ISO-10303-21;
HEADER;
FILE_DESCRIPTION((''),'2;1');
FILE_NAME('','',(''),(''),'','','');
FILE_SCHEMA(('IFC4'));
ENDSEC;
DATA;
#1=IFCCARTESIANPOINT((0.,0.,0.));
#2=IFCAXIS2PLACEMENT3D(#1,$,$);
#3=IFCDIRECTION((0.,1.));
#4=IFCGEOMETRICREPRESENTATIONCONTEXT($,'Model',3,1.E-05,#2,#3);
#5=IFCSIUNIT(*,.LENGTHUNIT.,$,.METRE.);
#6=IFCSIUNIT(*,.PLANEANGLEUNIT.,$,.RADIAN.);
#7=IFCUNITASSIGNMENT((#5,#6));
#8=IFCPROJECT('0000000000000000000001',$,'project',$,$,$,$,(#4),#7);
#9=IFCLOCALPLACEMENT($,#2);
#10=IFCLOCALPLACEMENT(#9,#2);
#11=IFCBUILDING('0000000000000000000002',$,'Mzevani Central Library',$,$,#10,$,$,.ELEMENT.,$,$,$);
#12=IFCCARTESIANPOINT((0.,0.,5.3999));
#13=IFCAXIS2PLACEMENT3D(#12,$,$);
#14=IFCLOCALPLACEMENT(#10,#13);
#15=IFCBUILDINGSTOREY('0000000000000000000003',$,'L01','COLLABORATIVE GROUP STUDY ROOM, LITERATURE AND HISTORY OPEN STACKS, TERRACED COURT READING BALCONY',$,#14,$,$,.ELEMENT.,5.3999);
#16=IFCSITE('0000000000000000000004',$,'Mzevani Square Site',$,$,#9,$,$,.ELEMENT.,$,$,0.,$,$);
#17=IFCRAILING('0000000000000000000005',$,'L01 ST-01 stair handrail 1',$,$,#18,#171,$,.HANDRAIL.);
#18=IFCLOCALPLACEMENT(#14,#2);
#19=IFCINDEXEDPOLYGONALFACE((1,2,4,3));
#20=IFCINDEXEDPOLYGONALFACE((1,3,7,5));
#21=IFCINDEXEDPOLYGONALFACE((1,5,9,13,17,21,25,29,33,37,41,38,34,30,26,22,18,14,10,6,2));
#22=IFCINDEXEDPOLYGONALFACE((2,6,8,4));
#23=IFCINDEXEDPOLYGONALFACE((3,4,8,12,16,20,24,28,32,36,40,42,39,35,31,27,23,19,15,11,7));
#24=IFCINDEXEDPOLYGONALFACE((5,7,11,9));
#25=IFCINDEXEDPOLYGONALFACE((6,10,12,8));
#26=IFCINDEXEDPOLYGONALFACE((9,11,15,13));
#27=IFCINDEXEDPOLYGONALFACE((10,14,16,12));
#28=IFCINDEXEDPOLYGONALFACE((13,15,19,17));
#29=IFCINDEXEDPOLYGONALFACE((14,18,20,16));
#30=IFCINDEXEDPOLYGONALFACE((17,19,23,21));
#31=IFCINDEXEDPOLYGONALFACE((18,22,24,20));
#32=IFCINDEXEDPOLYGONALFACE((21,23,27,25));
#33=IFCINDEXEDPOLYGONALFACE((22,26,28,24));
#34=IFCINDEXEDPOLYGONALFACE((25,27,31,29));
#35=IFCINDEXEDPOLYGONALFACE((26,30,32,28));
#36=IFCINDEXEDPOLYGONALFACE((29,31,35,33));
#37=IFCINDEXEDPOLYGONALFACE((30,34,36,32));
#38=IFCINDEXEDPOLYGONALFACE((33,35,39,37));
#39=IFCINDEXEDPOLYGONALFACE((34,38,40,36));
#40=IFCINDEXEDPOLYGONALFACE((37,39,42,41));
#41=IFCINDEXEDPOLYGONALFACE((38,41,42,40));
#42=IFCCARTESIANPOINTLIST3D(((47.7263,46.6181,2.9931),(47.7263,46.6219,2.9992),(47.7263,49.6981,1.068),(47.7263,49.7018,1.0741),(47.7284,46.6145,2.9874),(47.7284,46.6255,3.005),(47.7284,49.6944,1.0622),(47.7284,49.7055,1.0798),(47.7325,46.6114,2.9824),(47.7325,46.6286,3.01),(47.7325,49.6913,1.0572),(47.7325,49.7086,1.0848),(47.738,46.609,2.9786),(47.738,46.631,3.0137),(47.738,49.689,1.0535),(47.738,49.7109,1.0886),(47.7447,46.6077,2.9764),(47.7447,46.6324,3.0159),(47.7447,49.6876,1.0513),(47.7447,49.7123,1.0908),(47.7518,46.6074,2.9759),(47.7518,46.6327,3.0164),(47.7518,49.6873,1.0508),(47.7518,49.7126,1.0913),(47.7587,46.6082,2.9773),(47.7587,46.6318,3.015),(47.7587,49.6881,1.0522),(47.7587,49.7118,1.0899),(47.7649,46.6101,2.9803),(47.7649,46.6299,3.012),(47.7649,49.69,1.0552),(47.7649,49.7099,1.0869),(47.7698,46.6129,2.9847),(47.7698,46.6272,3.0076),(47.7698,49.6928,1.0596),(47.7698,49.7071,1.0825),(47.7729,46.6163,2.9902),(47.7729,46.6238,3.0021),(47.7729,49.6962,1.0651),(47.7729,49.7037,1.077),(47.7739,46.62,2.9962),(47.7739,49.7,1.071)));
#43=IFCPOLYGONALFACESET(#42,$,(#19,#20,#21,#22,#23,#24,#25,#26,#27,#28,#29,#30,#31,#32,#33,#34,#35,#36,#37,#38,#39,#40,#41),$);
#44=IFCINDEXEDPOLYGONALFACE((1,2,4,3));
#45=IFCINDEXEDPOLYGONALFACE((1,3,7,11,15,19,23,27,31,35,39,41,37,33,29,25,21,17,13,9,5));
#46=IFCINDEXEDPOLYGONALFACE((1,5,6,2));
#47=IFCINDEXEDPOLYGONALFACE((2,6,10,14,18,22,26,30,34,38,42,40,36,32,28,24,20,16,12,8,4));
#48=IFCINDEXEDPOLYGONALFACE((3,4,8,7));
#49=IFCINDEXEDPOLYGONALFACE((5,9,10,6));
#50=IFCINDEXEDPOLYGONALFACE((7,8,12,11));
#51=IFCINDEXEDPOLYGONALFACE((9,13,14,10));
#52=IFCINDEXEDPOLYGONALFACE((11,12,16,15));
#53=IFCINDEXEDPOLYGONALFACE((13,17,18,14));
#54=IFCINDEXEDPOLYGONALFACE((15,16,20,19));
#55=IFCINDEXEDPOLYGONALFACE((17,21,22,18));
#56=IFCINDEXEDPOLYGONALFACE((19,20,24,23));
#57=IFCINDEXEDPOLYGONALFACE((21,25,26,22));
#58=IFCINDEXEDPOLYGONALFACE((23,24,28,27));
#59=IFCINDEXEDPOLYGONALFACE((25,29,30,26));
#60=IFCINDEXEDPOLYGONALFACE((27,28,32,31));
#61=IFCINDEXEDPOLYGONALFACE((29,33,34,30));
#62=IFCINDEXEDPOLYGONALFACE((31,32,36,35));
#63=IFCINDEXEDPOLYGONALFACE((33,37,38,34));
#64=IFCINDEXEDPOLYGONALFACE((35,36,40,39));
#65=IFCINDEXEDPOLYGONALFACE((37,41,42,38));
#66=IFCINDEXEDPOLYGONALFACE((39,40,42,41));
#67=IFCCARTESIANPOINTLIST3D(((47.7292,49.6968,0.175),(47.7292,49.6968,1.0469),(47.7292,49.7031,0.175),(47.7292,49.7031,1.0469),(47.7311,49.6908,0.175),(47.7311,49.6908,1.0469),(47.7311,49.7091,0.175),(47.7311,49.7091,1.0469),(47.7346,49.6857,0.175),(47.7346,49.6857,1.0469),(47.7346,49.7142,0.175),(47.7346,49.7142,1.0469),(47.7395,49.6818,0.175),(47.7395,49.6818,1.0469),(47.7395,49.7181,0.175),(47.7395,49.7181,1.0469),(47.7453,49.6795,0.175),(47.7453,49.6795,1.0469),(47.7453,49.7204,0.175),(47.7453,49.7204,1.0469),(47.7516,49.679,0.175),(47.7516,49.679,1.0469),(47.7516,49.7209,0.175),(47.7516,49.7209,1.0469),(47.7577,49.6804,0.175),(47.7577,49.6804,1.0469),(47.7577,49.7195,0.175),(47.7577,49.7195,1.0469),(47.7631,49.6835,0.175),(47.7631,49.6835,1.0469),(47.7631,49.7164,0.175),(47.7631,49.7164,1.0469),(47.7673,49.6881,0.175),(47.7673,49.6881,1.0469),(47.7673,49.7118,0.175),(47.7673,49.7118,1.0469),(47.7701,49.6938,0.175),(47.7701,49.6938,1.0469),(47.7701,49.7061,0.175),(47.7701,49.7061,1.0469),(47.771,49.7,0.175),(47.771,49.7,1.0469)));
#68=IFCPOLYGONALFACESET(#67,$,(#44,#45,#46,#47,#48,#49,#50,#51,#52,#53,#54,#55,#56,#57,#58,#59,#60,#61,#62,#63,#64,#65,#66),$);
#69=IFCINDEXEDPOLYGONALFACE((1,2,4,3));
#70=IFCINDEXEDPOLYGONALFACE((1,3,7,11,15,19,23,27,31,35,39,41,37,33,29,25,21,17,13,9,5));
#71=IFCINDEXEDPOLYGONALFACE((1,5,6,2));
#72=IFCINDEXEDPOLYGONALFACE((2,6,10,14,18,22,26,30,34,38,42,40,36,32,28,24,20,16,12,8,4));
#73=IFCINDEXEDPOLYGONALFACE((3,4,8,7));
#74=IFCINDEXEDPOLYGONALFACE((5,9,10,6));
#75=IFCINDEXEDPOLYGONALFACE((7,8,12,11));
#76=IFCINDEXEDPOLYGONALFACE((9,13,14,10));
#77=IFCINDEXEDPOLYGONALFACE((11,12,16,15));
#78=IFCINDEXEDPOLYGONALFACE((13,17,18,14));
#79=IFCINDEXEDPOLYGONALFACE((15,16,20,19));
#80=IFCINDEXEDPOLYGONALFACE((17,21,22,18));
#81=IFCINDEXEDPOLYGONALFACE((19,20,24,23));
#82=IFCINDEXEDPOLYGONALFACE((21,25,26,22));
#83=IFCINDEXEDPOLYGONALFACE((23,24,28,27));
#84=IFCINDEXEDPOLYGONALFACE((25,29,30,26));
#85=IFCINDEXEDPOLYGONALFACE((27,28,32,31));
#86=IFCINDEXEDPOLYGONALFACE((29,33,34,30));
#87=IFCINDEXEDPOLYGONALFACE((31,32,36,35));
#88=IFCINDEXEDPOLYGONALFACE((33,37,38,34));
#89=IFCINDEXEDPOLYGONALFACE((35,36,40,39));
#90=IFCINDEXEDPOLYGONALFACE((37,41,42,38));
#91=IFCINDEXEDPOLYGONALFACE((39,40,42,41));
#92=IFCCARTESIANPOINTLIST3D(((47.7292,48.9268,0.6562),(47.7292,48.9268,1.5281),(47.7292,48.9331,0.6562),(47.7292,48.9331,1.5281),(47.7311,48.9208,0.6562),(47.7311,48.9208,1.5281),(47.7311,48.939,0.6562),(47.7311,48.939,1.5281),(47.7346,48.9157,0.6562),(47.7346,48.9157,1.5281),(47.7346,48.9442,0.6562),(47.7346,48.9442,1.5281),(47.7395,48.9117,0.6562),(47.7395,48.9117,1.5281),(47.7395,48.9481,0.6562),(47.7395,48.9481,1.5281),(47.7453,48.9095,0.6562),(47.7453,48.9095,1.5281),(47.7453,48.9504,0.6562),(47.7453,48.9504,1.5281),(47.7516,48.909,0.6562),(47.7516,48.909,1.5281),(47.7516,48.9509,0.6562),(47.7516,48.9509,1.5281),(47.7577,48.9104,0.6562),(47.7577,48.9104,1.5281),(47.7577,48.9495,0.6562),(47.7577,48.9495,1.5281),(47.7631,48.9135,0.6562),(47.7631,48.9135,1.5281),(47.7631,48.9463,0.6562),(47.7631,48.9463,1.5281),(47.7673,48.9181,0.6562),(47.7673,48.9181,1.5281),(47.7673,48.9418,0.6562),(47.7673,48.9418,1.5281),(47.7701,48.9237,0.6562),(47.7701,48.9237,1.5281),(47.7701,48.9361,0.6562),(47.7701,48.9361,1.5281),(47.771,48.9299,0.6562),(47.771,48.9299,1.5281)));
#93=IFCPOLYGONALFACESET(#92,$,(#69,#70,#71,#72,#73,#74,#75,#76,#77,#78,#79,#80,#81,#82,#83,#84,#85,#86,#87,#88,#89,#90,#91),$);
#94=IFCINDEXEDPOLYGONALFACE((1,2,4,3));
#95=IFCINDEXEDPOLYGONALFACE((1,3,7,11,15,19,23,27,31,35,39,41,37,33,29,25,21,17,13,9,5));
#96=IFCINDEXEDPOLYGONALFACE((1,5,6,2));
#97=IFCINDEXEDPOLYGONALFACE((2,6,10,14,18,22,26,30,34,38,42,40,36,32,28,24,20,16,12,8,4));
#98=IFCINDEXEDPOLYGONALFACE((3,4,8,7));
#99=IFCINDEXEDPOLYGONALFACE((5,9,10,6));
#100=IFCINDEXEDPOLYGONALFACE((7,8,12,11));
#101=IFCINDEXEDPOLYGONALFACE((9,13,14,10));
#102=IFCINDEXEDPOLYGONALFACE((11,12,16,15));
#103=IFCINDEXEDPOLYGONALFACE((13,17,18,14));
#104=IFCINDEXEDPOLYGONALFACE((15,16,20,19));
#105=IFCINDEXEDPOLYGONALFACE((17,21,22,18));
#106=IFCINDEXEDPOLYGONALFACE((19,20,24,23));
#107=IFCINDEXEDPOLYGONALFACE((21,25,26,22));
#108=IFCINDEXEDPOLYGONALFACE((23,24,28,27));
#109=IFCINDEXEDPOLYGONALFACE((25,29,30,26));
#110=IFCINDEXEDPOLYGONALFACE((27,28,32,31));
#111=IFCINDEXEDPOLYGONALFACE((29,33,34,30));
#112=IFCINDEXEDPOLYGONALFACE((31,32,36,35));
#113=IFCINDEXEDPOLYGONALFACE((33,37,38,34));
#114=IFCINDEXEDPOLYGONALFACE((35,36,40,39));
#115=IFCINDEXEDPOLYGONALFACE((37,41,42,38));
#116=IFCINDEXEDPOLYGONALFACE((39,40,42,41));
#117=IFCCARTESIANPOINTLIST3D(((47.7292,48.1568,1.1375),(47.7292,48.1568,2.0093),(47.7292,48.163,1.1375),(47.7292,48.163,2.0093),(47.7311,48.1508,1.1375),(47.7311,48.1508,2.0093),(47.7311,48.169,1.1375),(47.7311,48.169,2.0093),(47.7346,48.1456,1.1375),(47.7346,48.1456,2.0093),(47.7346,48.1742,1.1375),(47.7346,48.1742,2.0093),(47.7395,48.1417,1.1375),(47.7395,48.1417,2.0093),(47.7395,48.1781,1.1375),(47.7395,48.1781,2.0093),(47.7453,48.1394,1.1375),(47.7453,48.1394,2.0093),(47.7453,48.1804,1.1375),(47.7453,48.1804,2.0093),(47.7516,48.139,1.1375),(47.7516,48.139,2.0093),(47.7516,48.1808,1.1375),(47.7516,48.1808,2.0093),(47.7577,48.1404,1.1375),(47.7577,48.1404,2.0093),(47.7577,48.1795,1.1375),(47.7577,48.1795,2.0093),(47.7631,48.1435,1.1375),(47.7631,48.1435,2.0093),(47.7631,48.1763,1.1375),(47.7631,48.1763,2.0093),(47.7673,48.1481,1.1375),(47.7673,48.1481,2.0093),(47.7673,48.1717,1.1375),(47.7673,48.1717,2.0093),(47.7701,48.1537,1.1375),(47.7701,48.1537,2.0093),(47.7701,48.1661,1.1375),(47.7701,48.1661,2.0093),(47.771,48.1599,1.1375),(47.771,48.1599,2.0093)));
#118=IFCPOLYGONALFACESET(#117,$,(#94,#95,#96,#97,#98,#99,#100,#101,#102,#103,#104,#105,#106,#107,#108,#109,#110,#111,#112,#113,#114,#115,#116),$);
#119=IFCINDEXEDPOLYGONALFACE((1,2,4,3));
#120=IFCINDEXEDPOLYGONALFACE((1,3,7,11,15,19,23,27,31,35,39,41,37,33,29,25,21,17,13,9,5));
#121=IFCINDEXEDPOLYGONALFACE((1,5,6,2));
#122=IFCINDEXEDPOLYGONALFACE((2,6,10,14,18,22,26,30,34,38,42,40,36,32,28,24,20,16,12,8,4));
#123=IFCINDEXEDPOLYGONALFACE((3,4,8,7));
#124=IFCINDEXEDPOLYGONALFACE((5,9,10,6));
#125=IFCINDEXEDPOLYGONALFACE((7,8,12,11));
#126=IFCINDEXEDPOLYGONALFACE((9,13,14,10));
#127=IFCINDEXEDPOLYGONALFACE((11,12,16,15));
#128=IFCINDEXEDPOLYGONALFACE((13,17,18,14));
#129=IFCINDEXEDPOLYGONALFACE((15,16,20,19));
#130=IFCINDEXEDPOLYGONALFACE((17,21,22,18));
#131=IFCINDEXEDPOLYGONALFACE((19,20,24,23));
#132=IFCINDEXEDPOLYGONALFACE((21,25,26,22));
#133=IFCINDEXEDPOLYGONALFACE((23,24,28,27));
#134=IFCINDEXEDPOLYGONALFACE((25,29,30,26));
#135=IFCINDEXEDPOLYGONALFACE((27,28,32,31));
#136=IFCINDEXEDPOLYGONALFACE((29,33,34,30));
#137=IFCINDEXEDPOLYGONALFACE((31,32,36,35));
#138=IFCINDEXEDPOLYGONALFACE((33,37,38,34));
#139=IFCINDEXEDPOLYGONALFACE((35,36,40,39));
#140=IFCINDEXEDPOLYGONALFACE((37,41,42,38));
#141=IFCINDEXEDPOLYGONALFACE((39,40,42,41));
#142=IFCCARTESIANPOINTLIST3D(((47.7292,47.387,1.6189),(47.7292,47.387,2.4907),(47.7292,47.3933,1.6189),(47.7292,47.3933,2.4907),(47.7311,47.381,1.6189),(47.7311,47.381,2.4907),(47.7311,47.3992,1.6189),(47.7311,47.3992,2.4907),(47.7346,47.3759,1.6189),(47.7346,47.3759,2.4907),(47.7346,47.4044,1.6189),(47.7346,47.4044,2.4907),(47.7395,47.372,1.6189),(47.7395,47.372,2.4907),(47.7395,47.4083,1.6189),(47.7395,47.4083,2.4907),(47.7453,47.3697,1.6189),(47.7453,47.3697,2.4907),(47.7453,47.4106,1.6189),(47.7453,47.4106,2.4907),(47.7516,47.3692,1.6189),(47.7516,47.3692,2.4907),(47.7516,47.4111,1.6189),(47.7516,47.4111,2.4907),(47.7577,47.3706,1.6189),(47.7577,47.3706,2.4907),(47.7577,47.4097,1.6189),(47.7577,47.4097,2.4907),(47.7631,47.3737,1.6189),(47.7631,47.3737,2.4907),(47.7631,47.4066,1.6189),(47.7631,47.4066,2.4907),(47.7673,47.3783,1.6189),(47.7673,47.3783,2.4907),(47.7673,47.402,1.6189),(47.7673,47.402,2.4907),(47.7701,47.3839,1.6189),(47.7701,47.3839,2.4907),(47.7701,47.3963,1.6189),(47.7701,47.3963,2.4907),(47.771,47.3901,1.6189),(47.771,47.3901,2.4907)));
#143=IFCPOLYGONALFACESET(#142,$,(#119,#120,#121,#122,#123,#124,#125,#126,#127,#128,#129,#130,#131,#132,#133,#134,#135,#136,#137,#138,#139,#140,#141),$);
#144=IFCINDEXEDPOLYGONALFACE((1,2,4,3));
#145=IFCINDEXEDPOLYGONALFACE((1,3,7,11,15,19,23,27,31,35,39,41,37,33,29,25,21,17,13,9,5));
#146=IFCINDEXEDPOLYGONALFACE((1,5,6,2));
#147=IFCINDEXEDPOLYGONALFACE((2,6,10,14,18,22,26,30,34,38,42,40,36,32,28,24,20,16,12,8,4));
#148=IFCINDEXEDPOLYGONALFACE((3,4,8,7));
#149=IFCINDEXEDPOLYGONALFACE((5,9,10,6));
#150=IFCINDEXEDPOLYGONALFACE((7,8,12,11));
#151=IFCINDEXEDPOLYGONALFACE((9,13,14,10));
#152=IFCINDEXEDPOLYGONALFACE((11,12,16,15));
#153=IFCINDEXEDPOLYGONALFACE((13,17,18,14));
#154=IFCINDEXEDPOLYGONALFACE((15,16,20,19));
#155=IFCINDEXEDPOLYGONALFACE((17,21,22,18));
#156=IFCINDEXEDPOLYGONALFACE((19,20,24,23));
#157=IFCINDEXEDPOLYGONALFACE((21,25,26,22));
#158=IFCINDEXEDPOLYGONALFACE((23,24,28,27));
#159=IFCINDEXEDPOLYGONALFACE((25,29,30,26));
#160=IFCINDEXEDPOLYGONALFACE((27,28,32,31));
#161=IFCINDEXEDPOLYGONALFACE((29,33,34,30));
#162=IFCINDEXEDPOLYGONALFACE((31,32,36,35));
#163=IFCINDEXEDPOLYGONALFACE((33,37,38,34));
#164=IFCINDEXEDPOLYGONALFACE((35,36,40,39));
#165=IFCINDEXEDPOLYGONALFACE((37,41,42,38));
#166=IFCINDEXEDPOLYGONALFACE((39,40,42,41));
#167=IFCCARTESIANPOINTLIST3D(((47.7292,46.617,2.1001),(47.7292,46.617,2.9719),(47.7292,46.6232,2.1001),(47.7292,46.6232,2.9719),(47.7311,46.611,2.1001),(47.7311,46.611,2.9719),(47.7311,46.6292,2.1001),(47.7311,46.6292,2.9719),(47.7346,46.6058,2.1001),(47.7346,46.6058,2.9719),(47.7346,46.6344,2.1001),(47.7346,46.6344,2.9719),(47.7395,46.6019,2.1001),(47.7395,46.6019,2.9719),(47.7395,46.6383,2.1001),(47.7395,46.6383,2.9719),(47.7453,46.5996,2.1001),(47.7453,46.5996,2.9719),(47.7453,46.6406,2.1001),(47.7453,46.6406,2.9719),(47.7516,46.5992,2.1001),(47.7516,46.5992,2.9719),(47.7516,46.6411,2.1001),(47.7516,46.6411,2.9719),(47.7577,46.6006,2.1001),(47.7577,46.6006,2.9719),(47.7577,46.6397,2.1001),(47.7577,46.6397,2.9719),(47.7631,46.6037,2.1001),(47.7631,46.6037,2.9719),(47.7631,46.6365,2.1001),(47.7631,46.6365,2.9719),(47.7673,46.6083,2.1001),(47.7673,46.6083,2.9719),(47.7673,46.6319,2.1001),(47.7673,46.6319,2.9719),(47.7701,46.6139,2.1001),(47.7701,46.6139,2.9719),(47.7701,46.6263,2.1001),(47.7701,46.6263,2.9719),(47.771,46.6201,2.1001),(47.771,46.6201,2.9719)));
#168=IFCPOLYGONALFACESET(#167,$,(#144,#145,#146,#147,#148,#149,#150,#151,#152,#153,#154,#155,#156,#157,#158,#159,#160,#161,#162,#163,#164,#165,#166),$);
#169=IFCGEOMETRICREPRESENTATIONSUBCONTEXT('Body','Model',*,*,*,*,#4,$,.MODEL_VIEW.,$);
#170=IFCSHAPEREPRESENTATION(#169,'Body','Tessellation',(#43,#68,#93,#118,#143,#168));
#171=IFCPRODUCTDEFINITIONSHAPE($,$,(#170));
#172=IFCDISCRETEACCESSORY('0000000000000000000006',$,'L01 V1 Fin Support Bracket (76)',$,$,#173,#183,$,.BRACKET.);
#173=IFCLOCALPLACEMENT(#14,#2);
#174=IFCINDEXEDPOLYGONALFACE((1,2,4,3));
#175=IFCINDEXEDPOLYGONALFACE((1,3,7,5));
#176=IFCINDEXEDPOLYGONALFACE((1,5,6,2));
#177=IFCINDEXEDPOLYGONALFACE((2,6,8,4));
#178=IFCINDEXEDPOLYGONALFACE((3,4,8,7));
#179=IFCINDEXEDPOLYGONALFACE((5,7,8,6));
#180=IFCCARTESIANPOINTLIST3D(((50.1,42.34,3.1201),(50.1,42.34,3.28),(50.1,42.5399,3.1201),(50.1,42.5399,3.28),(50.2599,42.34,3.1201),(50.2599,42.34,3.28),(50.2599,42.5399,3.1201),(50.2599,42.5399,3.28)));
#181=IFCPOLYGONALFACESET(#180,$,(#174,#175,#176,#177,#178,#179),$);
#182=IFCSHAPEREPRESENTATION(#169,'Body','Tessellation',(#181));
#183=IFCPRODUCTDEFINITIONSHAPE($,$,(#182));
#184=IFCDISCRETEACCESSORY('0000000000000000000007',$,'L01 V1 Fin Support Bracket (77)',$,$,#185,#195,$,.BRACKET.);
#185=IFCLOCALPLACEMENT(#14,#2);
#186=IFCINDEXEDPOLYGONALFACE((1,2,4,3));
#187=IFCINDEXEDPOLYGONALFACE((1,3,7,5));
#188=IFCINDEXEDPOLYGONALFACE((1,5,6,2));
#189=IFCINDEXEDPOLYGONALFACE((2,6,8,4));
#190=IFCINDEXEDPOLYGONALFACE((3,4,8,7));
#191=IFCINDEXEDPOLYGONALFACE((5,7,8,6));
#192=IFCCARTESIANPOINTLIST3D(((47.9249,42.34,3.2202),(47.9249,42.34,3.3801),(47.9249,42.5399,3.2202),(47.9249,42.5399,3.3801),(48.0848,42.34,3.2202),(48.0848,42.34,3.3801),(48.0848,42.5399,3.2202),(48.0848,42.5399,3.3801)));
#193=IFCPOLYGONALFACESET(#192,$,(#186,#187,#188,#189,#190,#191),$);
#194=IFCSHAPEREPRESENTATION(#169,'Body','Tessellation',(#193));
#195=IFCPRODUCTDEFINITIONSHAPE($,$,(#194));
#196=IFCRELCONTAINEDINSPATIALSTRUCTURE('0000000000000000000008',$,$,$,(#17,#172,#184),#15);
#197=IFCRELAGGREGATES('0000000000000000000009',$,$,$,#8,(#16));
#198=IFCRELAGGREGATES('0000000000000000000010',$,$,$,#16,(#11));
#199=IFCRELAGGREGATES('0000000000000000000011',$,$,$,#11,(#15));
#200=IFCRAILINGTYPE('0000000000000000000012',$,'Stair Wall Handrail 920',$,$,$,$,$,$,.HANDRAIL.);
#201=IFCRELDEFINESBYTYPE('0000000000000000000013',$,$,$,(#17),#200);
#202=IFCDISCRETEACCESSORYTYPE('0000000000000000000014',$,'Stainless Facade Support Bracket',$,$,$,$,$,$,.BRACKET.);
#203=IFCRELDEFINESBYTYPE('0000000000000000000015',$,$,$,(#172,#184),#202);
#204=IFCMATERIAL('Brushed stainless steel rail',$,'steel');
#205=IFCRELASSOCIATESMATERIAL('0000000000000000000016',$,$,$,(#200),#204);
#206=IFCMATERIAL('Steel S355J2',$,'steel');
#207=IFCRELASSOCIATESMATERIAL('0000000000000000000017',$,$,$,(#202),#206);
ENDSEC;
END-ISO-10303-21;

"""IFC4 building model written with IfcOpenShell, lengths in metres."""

from ifc_helpers import new_model, si_unit, direction, frame, origin, origin_2d, place, context, subcontext, project, spatial, rectangle, circle, extrude, material, type_object, element, save


model = new_model("IFC4")

# Units and contexts
model_context = context("Model", 3, precision=1e-05, world=origin(), true_north=direction((0.0, 1.0)))
body_context = subcontext(model_context, "Body", "Model", "MODEL_VIEW")
ifc_project = project(units=[si_unit("LENGTHUNIT", "METRE"), si_unit("PLANEANGLEUNIT", "RADIAN")], contexts=[model_context])

# Site, building, storey
site_placement = place(None, origin())
site = spatial("IfcSite", under=ifc_project, at=site_placement, Name="Mzevani Square Site", CompositionType="ELEMENT", RefElevation=0.0)
building_placement = place(site_placement, origin())
building = spatial("IfcBuilding", under=site, at=building_placement, Name="Mzevani Central Library", CompositionType="ELEMENT")
storey_placement = place(building_placement, frame((0.0, 0.0, 5.3999)))
storey = spatial("IfcBuildingStorey", under=building, at=storey_placement, Name="L01", Description="COLLABORATIVE GROUP STUDY ROOM, LITERATURE AND HISTORY OPEN STACKS, TERRACED COURT READING BALCONY", CompositionType="ELEMENT", Elevation=5.3999)

# Shared definitions
ifc_material_1 = material(Name="Brushed stainless steel rail", Category="steel")

# Railing
railing_type_1 = type_object("IfcRailingType", Name="Stair Wall Handrail 920", PredefinedType="HANDRAIL", material=ifc_material_1)
railing_1_placement = place(storey_placement, frame((47.75, 49.7, 0.175)))
element("IfcRailing", 1, at=railing_1_placement, inside=storey, type_object=railing_type_1, Name="L01 ST-01 stair handrail 1", PredefinedType="HANDRAIL", context=body_context, shape_type="SweptSolid", body=[
    extrude(circle(Radius=0.0239, at=origin_2d()), frame((0.0, 0.0, 0.896), z_axis=(0.0, -0.847979, 0.530029), x_axis=(1.0, 0.0, 0.0)), (0.0, 0.0, 1.0), 3.6321),
    extrude(circle(Radius=0.021, at=origin_2d()), origin(), (0.0, 0.0, 1.0), 0.8718),
    extrude(circle(Radius=0.021, at=origin_2d()), frame((0.0, -0.77, 0.4812)), (0.0, 0.0, 1.0), 0.8718),
    extrude(circle(Radius=0.021, at=origin_2d()), frame((0.0, -1.54, 0.9624)), (0.0, 0.0, 1.0), 0.8718),
    extrude(circle(Radius=0.021, at=origin_2d()), frame((0.0, -2.3098, 1.4438)), (0.0, 0.0, 1.0), 0.8718),
    extrude(circle(Radius=0.021, at=origin_2d()), frame((0.0, -3.0798, 1.925)), (0.0, 0.0, 1.0), 0.8718),
])

# Discrete accessories
ifc_material_2 = material(Name="Steel S355J2", Category="steel")
discrete_accessory_type = type_object("IfcDiscreteAccessoryType", Name="Stainless Facade Support Bracket", PredefinedType="BRACKET", material=ifc_material_2)
for number, where, z_axis, x_axis, name in (
    (2, (50.1799, 42.4399, 3.1201), (0.0, 0.0, 1.0), (-1.0, 0.0, 0.0), "L01 V1 Fin Support Bracket (76)"),
    (3, (48.0049, 42.4399, 3.2202), (0.0, 0.0, 1.0), (-1.0, 0.0, 0.0), "L01 V1 Fin Support Bracket (77)"),
):
    element("IfcDiscreteAccessory", number, at=place(storey_placement, frame(where, z_axis=z_axis, x_axis=x_axis)), inside=storey, type_object=discrete_accessory_type, Name=name, PredefinedType="BRACKET", context=body_context, shape_type="SweptSolid", body=[
        extrude(rectangle(XDim=0.1599, YDim=0.2, at=origin_2d()), origin(), (0.0, 0.0, 1.0), 0.1599),
    ])

save(model, "model.ifc")
